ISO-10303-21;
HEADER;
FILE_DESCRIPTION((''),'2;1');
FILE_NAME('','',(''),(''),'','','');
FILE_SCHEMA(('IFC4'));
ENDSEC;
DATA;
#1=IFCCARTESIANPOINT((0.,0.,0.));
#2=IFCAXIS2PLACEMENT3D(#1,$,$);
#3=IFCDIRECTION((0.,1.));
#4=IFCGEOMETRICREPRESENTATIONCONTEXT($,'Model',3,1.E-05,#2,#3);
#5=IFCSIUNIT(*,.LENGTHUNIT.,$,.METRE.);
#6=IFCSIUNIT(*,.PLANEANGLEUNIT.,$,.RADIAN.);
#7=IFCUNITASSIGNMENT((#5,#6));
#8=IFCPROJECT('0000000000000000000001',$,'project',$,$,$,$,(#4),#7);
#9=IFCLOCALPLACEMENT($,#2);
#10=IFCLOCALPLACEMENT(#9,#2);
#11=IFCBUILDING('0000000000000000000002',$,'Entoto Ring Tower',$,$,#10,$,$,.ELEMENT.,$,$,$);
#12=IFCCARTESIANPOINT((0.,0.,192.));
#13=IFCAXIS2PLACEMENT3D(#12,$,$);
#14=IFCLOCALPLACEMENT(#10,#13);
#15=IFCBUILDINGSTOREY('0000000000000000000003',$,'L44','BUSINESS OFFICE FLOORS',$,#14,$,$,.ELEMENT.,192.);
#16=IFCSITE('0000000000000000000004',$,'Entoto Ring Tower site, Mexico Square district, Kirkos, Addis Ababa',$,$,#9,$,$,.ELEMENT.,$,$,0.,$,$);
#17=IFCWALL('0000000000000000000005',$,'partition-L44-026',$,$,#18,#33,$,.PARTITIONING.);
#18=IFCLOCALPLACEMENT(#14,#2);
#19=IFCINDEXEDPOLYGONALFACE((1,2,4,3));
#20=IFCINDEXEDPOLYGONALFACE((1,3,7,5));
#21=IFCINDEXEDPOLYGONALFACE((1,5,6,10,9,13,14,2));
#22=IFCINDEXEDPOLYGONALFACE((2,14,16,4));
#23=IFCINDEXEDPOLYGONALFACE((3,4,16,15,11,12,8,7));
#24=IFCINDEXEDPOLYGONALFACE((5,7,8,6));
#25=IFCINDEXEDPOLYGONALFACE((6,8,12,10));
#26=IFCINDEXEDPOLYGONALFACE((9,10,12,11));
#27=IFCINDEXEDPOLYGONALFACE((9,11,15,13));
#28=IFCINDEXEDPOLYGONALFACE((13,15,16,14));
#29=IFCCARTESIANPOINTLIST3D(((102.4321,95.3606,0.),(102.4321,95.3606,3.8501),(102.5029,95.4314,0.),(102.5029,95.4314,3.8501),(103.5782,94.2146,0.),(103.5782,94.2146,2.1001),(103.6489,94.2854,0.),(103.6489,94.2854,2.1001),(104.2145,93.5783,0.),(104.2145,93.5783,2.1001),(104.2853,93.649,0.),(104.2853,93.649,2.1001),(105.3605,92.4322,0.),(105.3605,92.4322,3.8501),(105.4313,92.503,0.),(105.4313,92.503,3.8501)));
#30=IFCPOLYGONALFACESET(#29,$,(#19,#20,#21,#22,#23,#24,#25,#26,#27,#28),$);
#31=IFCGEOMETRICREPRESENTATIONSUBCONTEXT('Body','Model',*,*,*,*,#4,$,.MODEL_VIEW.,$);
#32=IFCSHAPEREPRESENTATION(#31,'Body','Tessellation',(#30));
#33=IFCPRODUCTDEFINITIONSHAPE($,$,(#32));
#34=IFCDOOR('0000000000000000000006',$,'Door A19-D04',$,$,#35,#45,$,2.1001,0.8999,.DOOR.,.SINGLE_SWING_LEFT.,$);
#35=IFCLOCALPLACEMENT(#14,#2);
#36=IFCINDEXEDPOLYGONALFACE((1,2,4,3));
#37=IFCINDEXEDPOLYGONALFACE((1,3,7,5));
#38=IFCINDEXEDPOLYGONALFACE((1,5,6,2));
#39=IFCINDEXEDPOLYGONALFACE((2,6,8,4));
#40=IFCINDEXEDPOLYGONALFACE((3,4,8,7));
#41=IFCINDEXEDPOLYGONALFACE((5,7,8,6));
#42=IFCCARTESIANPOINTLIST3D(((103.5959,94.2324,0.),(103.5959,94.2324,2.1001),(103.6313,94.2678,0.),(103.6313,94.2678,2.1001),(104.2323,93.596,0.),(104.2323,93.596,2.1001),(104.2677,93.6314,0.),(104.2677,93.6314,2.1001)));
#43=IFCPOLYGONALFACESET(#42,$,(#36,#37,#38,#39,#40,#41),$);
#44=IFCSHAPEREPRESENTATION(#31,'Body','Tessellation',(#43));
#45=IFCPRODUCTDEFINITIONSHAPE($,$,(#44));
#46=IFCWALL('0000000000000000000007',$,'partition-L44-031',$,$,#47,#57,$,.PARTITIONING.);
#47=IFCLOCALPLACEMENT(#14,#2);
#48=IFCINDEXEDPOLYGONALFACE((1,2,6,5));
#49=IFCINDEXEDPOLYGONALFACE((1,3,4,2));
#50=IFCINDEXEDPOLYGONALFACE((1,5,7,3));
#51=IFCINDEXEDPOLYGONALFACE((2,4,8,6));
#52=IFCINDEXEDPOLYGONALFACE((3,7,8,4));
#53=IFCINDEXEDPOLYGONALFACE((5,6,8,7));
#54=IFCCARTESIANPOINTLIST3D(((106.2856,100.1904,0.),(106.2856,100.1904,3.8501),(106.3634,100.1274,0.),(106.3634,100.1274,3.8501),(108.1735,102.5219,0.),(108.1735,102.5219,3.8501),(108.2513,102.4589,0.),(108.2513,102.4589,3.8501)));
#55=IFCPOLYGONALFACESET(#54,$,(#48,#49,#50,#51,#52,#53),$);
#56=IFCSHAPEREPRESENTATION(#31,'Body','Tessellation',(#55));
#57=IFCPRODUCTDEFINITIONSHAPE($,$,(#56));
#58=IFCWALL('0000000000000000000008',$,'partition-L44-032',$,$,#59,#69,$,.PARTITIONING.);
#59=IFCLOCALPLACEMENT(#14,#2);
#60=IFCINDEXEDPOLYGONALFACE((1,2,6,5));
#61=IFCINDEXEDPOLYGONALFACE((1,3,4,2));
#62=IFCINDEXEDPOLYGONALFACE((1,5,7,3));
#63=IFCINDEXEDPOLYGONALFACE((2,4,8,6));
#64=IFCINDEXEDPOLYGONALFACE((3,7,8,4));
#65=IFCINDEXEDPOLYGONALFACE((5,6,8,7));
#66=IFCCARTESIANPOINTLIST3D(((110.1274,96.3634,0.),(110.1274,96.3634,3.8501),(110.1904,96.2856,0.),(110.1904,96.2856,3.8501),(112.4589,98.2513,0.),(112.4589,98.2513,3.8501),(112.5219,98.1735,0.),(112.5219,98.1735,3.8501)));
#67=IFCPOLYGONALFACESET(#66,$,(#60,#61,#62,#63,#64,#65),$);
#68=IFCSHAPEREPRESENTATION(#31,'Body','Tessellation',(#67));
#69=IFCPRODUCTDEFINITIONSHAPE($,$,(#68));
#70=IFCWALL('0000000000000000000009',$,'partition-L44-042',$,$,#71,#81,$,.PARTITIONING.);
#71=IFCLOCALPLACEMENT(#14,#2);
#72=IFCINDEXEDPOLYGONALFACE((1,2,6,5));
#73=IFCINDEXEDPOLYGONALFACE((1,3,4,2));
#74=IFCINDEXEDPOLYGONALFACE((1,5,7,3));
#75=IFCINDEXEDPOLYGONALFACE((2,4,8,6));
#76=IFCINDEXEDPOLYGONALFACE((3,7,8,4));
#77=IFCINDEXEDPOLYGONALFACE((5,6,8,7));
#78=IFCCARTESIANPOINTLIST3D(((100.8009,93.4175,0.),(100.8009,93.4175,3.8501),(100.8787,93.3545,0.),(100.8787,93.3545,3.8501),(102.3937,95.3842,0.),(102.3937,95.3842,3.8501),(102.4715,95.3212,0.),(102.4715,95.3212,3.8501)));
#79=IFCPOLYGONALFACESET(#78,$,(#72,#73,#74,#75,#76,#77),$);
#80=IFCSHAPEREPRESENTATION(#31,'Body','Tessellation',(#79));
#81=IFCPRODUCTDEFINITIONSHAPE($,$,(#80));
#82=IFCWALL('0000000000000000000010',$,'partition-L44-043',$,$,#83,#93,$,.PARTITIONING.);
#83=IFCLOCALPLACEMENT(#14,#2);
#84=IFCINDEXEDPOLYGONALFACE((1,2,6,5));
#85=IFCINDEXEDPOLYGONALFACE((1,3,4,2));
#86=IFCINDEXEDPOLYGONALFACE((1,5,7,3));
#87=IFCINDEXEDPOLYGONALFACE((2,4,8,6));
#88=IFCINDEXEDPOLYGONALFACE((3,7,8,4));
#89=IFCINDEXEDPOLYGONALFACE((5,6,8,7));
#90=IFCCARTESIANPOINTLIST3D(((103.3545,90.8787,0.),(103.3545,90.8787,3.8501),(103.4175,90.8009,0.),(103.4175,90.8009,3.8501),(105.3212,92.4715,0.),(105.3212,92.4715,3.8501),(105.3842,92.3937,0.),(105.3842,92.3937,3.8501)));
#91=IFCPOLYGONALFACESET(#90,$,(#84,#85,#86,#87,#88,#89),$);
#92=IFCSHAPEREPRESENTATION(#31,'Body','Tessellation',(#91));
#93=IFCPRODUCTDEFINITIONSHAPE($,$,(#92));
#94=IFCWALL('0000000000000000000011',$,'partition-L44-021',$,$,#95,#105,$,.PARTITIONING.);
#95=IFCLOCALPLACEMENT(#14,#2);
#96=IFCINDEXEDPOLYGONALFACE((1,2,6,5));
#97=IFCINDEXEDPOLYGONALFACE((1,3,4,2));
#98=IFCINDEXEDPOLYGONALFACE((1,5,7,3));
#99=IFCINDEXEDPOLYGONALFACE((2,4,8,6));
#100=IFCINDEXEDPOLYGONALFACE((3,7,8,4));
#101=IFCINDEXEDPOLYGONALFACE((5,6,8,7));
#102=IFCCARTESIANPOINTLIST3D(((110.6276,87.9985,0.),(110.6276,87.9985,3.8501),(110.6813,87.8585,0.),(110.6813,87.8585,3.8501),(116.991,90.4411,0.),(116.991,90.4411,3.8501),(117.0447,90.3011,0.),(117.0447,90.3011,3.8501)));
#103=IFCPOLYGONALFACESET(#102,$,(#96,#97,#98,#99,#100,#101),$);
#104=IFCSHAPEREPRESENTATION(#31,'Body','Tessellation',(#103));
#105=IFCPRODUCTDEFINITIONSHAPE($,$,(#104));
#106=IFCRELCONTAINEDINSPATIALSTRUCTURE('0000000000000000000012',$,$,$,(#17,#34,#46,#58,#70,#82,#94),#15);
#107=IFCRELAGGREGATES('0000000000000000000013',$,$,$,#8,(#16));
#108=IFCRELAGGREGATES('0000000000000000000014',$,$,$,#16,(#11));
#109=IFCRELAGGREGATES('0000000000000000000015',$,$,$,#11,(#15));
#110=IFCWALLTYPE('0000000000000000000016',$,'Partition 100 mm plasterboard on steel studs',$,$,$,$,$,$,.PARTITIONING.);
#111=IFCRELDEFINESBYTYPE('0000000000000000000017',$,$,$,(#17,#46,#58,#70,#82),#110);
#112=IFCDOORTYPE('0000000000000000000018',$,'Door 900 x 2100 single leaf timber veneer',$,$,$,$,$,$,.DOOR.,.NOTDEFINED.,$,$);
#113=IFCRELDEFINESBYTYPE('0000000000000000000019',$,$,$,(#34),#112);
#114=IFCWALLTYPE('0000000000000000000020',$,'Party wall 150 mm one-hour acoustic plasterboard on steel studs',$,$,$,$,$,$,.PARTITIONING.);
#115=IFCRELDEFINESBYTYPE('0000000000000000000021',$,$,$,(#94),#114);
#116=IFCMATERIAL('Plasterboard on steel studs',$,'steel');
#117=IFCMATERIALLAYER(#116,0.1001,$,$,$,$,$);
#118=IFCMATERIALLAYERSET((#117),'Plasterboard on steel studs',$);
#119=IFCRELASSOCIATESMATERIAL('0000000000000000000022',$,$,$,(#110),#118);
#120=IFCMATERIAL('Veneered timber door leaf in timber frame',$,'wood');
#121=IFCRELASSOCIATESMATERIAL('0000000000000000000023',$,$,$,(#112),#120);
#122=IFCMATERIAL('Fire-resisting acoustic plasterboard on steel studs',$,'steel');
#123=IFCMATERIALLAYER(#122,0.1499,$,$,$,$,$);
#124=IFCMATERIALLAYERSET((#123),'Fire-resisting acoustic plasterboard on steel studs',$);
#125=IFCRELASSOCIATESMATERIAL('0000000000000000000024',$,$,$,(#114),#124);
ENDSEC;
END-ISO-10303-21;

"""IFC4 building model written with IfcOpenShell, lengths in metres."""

from ifc_helpers import new_model, si_unit, direction, frame, frame_2d, origin, place, context, subcontext, project, spatial, rectangle, extrude, material, layer, layer_set, type_object, element, fill, save


model = new_model("IFC4")

# Units and contexts
model_context = context("Model", 3, precision=1e-05, world=origin(), true_north=direction((0.0, 1.0)))
body_context = subcontext(model_context, "Body", "Model", "MODEL_VIEW")
ifc_project = project(units=[si_unit("LENGTHUNIT", "METRE"), si_unit("PLANEANGLEUNIT", "RADIAN")], contexts=[model_context])

# Site, building, storey
site_placement = place(None, origin())
site = spatial("IfcSite", under=ifc_project, at=site_placement, Name="Entoto Ring Tower site, Mexico Square district, Kirkos, Addis Ababa", CompositionType="ELEMENT", RefElevation=0.0)
building_placement = place(site_placement, origin())
building = spatial("IfcBuilding", under=site, at=building_placement, Name="Entoto Ring Tower", CompositionType="ELEMENT")
storey_placement = place(building_placement, frame((0.0, 0.0, 192.0)))
storey = spatial("IfcBuildingStorey", under=building, at=storey_placement, Name="L44", Description="BUSINESS OFFICE FLOORS", CompositionType="ELEMENT", Elevation=192.0)

# Wall, opening, door
ifc_material_1 = material(Name="Plasterboard on steel studs", Category="steel")
ifc_layer_1 = layer(ifc_material_1, 0.1001)
ifc_layer_set_1 = layer_set([ifc_layer_1], Name="Plasterboard on steel studs")
wall_type_1 = type_object("IfcWallType", Name="Partition 100 mm plasterboard on steel studs", PredefinedType="PARTITIONING", material=ifc_layer_set_1)
ifc_material_2 = material(Name="Veneered timber door leaf in timber frame", Category="wood")
door_type_1 = type_object("IfcDoorType", Name="Door 900 x 2100 single leaf timber veneer", OperationType="NOTDEFINED", PredefinedType="DOOR", material=ifc_material_2)
wall_1_placement = place(storey_placement, frame((105.396, 92.4675, 0.0), z_axis=(0.0, 0.0, 1.0), x_axis=(-0.707107, 0.707107, 0.0)))
wall_1 = element("IfcWall", 1, at=wall_1_placement, inside=storey, type_object=wall_type_1, Name="partition-L44-026", PredefinedType="PARTITIONING", context=body_context, shape_type="SweptSolid", body=[
    extrude(rectangle(XDim=4.1414, YDim=0.1001, at=frame_2d((2.0708, 0.0))), origin(), (0.0, 0.0, 1.0), 3.8501),
])
opening_1_placement = place(wall_1_placement, frame((1.6208, 0.0, 0.0)))
opening_1 = element("IfcOpeningElement", 2, at=opening_1_placement, cuts=wall_1, PredefinedType="OPENING", context=body_context, shape_type="SweptSolid", body=[
    extrude(rectangle(XDim=0.8999, YDim=2.1001, at=frame_2d((0.45, 1.05))), frame((0.0, 0.0601, 0.0), z_axis=(0.0, -1.0, 0.0), x_axis=(1.0, 0.0, 0.0)), (0.0, 0.0, 1.0), 0.1201),
])
door_1_placement = place(opening_1_placement, origin())
door_1 = element("IfcDoor", 3, at=door_1_placement, inside=storey, type_object=door_type_1, Name="Door A19-D04", OperationType="SINGLE_SWING_LEFT", OverallHeight=2.1001, OverallWidth=0.8999, PredefinedType="DOOR", context=body_context, shape_type="SweptSolid", body=[
    extrude(rectangle(XDim=0.8999, YDim=2.1001, at=frame_2d((0.45, 1.05))), frame((0.0, 0.0249, 0.0), z_axis=(0.0, -1.0, 0.0), x_axis=(1.0, 0.0, 0.0)), (0.0, 0.0, 1.0), 0.05),
])
fill(opening_1, door_1)

# Walls
for number, where, z_axis, x_axis, name in (
    (4, (106.3245, 100.1589, 0.0), (0.0, 0.0, 1.0), (0.629299, 0.777163, 0.0), "partition-L44-031"),
    (5, (110.1589, 96.3245, 0.0), (0.0, 0.0, 1.0), (0.777163, 0.629299, 0.0), "partition-L44-032"),
):
    element("IfcWall", number, at=place(storey_placement, frame(where, z_axis=z_axis, x_axis=x_axis)), inside=storey, type_object=wall_type_1, Name=name, PredefinedType="PARTITIONING", context=body_context, shape_type="SweptSolid", body=[
        extrude(rectangle(XDim=3.0, YDim=0.1001, at=frame_2d((1.5, 0.0))), origin(), (0.0, 0.0, 1.0), 3.8501),
    ])
for number, where, z_axis, x_axis, name in (
    (6, (100.8398, 93.386, 0.0), (0.0, 0.0, 1.0), (0.629343, 0.777128, 0.0), "partition-L44-042"),
    (7, (103.386, 90.8398, 0.0), (0.0, 0.0, 1.0), (0.777128, 0.629343, 0.0), "partition-L44-043"),
):
    element("IfcWall", number, at=place(storey_placement, frame(where, z_axis=z_axis, x_axis=x_axis)), inside=storey, type_object=wall_type_1, Name=name, PredefinedType="PARTITIONING", context=body_context, shape_type="SweptSolid", body=[
        extrude(rectangle(XDim=2.5308, YDim=0.1001, at=frame_2d((1.2654, 0.0))), origin(), (0.0, 0.0, 1.0), 3.8501),
    ])
ifc_material_3 = material(Name="Fire-resisting acoustic plasterboard on steel studs", Category="steel")
ifc_layer_2 = layer(ifc_material_3, 0.1499)
ifc_layer_set_2 = layer_set([ifc_layer_2], Name="Fire-resisting acoustic plasterboard on steel studs")
wall_type_2 = type_object("IfcWallType", Name="Party wall 150 mm one-hour acoustic plasterboard on steel studs", PredefinedType="PARTITIONING", material=ifc_layer_set_2)
wall_2_placement = place(storey_placement, frame((110.6543, 87.9285, 0.0), z_axis=(0.0, 0.0, 1.0), x_axis=(0.933585, 0.358355, 0.0)))
element("IfcWall", 8, at=wall_2_placement, inside=storey, type_object=wall_type_2, Name="partition-L44-021", PredefinedType="PARTITIONING", context=body_context, shape_type="SweptSolid", body=[
    extrude(rectangle(XDim=6.8162, YDim=0.1499, at=frame_2d((3.4082, 0.0))), origin(), (0.0, 0.0, 1.0), 3.8501),
])

save(model, "model.ifc")
